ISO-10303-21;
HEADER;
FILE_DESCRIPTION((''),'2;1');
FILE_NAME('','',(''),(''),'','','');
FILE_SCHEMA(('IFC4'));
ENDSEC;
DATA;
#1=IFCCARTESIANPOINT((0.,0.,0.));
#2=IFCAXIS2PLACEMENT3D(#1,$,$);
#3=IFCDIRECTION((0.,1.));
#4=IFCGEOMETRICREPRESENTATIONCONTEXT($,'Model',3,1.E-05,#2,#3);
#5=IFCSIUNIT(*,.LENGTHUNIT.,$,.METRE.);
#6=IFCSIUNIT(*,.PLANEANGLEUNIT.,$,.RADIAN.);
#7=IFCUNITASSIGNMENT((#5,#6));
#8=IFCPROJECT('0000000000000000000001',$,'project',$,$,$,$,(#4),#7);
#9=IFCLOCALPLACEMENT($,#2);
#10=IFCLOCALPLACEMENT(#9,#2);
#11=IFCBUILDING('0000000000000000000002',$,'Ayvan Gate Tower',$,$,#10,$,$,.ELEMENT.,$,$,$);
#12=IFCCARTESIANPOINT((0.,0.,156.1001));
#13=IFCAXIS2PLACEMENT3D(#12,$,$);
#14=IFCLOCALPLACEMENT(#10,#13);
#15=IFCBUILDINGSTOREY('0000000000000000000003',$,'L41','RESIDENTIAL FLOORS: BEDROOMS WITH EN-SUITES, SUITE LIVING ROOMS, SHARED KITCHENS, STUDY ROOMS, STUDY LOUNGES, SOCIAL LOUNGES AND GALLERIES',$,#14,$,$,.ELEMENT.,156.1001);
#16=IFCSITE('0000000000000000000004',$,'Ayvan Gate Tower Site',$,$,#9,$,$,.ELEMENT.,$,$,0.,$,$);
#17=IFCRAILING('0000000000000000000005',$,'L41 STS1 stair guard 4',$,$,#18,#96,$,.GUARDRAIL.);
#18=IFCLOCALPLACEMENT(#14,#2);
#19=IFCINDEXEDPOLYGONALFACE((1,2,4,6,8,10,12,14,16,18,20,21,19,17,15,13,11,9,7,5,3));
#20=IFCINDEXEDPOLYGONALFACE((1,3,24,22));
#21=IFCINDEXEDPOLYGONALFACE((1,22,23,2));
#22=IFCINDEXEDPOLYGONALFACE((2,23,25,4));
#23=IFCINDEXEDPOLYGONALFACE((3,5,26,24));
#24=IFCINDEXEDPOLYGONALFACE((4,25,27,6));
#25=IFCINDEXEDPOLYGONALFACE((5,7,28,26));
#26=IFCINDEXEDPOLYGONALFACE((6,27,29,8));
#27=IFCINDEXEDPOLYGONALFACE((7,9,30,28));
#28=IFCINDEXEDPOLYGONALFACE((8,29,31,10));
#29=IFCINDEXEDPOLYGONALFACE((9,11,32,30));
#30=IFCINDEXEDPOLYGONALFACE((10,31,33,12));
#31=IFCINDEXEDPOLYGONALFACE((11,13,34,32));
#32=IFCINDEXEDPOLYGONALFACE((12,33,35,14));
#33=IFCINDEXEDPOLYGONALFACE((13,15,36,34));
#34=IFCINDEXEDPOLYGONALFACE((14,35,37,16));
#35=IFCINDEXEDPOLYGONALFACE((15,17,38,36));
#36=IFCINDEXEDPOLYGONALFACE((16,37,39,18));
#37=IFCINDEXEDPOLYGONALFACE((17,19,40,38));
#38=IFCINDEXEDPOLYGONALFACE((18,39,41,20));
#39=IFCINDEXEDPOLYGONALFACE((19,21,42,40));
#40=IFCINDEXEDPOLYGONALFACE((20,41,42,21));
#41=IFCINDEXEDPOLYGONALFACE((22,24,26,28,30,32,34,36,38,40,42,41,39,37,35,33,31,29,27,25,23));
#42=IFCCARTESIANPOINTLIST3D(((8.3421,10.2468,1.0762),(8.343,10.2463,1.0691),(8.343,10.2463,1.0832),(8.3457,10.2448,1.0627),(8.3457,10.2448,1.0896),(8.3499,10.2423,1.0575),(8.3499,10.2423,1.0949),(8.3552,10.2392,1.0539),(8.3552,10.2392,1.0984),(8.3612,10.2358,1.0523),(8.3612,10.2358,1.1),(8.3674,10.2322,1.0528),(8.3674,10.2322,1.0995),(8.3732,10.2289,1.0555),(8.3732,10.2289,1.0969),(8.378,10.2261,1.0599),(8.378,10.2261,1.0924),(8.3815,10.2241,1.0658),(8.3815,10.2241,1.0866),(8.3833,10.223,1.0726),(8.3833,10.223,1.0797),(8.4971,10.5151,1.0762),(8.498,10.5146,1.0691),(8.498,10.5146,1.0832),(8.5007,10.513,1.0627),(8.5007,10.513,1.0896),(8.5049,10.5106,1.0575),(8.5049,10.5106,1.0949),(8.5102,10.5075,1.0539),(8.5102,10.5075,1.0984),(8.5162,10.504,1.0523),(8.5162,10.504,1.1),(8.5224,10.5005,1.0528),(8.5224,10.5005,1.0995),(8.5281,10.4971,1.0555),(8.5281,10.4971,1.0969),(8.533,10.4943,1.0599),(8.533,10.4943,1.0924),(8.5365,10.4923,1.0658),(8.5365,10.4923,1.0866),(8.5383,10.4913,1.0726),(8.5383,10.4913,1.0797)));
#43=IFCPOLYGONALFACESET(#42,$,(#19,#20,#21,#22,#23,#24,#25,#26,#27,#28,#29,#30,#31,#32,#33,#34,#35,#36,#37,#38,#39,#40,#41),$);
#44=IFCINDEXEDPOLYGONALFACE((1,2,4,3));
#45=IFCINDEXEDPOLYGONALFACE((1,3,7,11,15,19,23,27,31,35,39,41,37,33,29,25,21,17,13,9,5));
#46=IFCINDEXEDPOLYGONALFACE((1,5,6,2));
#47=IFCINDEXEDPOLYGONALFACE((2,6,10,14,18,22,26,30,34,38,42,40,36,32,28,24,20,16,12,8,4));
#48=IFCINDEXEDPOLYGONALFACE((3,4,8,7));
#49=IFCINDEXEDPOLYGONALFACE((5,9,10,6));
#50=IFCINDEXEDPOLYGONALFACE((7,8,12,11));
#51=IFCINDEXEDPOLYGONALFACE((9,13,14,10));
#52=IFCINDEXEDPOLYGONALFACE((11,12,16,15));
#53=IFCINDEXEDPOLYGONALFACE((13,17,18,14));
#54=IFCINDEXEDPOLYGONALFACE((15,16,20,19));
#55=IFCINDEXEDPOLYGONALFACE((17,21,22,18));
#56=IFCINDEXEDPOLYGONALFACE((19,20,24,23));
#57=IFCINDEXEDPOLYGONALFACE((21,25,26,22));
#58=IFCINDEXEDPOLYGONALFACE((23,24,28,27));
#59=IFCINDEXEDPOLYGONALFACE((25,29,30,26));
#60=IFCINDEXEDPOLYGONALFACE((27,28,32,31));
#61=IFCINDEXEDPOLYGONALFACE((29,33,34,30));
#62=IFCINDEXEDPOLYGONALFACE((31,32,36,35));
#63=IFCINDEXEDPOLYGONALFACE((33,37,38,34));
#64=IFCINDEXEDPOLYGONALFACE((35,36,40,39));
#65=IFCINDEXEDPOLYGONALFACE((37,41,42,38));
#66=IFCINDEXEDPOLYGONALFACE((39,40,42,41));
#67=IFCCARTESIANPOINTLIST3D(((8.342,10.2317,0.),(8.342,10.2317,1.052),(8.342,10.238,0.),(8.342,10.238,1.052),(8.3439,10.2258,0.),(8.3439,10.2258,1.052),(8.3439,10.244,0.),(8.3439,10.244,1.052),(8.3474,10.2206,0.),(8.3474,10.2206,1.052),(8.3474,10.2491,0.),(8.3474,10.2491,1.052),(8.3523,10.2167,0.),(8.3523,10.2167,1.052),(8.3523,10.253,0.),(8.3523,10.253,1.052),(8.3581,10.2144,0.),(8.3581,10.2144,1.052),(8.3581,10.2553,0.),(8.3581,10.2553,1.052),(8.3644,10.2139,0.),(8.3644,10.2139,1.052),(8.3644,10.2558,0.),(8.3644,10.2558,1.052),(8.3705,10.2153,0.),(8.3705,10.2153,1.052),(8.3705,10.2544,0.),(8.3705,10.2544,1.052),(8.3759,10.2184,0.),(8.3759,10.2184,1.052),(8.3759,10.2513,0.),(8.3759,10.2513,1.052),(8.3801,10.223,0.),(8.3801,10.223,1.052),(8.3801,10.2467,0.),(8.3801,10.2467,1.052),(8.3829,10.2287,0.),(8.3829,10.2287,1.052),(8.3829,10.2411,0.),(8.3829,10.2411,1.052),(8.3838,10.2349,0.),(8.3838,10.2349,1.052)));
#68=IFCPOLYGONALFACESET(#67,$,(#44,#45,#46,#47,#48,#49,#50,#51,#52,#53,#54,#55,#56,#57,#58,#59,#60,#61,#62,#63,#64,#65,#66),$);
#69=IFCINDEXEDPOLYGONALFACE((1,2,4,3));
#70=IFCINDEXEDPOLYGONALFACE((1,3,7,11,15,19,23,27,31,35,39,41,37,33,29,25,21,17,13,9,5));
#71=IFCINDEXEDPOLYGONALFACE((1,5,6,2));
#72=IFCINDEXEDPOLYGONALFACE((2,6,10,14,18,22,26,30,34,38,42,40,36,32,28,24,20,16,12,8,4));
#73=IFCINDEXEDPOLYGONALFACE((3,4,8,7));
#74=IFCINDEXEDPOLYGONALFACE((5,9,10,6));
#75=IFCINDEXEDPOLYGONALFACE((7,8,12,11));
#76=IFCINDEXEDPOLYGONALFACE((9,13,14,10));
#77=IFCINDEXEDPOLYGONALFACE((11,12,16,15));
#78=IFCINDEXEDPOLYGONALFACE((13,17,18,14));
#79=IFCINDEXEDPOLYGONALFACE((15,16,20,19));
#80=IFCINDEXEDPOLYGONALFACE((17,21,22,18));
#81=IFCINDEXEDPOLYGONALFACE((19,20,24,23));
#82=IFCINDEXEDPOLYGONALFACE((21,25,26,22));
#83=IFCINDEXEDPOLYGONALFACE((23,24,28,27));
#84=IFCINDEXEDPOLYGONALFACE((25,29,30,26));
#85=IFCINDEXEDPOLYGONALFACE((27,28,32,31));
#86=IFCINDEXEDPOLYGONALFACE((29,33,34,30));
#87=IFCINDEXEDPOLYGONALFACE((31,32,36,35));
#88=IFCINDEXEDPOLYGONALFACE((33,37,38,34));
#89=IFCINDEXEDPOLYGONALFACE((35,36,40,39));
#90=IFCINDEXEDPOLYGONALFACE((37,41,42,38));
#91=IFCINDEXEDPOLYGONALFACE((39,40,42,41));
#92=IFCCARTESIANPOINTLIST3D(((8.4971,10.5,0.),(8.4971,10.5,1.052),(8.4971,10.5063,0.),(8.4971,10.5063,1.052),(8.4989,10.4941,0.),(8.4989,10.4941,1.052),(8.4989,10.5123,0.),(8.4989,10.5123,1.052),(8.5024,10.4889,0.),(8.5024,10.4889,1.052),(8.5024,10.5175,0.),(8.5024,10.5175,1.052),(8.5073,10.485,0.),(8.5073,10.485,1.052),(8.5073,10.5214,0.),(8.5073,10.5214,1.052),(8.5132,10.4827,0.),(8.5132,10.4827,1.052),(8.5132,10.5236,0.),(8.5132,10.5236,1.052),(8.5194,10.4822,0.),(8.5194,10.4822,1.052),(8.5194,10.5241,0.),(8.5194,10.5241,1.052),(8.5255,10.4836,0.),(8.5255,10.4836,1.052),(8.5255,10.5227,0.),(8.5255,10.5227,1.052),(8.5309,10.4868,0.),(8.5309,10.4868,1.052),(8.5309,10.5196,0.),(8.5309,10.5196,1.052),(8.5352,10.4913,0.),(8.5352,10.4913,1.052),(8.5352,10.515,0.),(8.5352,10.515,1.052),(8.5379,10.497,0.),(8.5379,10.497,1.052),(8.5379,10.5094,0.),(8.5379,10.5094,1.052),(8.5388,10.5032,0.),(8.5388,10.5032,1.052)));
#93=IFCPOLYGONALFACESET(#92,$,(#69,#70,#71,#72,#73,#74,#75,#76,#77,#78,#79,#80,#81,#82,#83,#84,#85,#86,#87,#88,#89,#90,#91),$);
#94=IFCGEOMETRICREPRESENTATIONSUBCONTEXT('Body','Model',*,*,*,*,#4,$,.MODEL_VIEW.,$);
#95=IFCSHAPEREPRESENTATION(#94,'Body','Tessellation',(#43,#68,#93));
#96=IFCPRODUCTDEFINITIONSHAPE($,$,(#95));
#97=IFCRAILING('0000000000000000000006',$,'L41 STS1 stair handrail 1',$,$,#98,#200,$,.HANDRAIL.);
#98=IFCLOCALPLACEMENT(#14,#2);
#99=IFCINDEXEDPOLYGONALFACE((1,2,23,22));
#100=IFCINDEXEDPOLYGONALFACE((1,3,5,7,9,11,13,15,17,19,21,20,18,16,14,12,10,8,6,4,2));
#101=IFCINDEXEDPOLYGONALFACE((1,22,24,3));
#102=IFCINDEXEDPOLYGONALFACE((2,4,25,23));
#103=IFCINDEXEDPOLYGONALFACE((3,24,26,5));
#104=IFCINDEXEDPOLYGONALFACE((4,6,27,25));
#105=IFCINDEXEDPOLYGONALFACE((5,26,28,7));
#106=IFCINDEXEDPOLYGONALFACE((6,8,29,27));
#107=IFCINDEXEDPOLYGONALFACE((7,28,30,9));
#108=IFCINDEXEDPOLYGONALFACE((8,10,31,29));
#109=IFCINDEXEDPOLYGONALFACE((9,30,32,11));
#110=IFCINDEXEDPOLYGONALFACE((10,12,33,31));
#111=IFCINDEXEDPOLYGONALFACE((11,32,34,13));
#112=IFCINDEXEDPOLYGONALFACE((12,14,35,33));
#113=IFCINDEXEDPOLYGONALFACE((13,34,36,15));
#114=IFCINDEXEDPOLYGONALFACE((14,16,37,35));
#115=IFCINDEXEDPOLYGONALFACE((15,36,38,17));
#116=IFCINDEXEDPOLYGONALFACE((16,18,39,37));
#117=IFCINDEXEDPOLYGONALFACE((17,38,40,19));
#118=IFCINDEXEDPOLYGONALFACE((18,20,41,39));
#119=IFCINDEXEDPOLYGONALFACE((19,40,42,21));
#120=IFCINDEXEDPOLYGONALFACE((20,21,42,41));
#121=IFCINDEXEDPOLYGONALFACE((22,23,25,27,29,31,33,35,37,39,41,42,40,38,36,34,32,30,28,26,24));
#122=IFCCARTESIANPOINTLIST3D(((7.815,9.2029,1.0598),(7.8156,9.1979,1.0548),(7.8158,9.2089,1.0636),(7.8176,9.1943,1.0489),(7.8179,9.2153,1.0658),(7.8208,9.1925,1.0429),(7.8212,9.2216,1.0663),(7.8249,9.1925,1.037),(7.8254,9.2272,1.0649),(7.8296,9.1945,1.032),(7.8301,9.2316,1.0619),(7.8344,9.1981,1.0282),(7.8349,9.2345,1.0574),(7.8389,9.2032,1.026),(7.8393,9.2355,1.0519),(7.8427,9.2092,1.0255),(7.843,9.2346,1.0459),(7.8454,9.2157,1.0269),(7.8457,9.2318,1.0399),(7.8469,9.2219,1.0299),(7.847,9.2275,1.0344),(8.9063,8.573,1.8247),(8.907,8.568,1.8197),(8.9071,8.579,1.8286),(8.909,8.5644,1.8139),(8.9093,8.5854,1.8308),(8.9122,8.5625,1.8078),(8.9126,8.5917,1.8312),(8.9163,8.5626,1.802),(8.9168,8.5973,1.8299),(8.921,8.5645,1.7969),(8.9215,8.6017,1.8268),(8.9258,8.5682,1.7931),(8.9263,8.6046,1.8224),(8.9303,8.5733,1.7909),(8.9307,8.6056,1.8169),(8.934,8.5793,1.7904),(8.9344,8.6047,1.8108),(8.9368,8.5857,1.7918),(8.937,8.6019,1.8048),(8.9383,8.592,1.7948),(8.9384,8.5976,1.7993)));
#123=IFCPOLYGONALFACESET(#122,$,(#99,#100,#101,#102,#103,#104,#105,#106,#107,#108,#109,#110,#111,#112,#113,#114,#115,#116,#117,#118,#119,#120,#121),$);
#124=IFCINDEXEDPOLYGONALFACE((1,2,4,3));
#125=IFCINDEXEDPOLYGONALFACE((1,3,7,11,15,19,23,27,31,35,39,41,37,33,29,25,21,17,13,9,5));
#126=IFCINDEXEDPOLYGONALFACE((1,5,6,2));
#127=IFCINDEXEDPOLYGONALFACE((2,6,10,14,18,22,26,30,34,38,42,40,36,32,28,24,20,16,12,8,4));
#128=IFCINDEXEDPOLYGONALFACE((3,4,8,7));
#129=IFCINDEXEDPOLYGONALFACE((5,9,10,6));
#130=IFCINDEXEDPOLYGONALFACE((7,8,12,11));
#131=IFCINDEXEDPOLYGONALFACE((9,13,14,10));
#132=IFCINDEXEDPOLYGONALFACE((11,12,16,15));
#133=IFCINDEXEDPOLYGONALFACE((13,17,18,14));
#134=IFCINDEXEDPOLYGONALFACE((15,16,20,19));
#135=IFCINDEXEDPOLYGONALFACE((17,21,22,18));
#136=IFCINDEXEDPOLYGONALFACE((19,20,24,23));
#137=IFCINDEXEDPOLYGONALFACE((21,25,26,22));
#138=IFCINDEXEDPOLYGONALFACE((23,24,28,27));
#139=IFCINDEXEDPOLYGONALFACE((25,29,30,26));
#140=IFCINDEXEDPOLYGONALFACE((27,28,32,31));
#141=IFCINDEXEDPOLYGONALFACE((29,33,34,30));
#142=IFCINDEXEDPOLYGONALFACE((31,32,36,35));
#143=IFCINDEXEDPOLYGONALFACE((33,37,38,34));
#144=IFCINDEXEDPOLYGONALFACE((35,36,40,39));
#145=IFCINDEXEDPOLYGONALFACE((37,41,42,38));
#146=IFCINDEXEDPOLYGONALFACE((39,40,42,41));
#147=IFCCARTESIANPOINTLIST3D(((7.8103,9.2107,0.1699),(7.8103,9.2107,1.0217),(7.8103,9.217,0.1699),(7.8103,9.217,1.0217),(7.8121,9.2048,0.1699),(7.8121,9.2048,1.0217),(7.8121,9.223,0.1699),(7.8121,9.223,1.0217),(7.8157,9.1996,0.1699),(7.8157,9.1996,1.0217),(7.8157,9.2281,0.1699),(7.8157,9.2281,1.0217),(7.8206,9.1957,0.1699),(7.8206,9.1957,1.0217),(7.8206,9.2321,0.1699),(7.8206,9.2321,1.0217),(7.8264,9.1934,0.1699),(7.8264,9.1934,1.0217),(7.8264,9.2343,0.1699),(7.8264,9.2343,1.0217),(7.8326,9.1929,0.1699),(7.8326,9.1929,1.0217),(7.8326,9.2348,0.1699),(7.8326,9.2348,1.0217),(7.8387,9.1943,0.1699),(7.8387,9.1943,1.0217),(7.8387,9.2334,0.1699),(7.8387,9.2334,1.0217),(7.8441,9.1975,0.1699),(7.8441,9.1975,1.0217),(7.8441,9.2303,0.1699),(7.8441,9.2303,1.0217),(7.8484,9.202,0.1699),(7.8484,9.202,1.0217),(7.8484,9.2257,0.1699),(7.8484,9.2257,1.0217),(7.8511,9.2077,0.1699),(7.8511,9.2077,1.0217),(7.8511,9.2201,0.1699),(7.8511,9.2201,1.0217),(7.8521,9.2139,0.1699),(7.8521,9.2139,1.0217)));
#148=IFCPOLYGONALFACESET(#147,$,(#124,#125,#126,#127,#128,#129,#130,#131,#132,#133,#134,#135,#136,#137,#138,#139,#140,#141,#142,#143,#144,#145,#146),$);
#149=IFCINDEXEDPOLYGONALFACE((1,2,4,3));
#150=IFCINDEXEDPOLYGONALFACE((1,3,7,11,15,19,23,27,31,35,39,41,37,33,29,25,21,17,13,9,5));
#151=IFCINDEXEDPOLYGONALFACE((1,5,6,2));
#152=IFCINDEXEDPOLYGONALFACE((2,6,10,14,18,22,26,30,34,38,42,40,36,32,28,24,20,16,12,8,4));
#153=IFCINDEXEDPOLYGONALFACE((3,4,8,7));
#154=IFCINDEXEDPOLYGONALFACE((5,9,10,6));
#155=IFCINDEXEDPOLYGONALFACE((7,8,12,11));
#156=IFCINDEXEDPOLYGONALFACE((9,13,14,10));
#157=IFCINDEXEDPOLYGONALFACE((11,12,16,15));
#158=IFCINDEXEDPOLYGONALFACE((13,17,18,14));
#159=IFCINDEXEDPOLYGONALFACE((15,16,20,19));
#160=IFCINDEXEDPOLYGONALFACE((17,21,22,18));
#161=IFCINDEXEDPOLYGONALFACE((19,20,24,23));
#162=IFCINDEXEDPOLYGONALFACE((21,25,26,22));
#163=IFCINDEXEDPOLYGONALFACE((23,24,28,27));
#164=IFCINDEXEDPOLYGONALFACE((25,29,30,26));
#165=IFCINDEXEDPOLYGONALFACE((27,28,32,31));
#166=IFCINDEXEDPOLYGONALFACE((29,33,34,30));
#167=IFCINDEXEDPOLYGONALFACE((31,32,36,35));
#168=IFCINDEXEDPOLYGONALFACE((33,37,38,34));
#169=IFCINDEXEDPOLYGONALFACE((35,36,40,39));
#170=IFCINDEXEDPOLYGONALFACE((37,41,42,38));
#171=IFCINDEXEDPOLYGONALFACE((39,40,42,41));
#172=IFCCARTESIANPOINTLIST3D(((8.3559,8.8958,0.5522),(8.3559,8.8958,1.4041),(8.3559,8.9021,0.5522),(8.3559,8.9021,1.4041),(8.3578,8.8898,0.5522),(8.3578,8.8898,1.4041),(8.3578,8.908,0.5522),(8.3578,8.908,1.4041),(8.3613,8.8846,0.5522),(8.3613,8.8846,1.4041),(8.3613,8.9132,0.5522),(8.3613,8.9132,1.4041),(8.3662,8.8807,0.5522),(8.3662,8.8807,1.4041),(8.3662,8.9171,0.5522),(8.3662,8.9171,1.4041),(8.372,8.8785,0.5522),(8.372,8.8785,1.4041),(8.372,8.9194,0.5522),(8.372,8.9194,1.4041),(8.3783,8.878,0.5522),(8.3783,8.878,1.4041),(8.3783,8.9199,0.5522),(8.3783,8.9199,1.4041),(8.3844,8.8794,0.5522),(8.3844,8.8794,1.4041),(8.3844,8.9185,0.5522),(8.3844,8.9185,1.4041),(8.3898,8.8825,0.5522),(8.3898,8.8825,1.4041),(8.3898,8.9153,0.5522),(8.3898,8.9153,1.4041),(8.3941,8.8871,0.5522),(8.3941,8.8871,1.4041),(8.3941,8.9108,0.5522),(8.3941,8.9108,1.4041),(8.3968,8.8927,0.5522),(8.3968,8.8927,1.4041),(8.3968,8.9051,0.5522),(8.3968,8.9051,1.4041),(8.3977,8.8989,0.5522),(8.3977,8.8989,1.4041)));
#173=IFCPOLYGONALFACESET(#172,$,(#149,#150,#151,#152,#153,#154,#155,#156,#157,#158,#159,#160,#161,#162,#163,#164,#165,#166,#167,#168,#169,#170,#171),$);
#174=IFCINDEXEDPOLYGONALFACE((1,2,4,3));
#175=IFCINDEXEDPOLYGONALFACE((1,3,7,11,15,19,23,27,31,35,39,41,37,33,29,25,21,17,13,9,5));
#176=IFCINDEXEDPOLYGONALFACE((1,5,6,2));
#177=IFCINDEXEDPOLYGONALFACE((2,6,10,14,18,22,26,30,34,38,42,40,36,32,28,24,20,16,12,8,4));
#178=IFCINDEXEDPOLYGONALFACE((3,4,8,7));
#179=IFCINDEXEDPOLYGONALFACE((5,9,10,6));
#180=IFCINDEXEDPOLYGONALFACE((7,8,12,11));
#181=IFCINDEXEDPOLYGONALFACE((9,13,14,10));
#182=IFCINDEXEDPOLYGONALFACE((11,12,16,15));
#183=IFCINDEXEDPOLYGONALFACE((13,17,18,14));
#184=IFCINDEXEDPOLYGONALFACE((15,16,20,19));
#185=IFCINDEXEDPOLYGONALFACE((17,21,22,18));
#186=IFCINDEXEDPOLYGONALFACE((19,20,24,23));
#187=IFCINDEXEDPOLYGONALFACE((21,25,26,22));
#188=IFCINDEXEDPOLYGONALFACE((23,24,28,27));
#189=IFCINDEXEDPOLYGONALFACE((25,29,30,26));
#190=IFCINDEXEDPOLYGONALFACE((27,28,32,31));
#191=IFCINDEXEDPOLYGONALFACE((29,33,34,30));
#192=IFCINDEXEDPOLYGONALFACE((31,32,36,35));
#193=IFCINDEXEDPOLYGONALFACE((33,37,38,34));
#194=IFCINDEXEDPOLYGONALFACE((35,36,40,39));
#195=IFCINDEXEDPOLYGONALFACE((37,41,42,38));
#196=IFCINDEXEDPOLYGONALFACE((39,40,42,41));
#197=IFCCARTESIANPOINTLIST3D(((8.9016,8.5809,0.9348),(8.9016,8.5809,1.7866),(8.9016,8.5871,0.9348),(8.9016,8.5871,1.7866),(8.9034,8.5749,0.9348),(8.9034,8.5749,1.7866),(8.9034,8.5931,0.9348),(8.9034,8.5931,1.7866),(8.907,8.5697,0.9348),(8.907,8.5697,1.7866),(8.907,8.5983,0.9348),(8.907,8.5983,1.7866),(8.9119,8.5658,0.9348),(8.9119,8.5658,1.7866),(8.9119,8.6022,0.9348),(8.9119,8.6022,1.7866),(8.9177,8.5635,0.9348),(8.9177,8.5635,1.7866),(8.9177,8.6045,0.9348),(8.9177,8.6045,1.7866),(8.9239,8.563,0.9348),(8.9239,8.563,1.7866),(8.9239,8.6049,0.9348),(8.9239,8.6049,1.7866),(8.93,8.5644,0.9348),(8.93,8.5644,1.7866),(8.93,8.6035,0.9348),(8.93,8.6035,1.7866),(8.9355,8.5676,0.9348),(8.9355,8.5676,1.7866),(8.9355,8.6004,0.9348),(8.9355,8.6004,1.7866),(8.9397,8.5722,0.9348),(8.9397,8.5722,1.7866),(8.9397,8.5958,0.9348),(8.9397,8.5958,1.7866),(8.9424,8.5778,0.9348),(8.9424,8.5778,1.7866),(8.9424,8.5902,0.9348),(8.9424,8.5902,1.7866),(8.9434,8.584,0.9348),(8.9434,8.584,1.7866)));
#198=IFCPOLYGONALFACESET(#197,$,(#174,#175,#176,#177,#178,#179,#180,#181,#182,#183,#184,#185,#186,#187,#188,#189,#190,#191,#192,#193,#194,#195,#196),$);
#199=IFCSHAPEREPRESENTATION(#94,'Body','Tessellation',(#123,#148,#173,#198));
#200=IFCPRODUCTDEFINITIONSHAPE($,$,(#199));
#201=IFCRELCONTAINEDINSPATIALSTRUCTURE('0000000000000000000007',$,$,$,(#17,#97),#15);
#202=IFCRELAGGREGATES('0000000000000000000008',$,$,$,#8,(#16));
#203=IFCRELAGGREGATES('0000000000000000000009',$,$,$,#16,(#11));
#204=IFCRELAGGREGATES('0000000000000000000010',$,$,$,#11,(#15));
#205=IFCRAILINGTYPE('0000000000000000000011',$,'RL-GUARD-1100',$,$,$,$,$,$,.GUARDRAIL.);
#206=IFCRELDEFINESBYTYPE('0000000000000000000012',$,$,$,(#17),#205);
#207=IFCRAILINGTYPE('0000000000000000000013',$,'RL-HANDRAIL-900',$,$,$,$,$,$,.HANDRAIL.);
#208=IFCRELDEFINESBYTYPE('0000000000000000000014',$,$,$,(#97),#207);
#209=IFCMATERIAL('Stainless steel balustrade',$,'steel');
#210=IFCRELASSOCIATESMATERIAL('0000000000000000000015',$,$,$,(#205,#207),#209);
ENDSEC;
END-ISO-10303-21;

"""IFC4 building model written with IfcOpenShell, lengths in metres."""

from ifc_helpers import new_model, si_unit, direction, frame, origin, origin_2d, place, context, subcontext, project, spatial, circle, extrude, material, type_object, element, save


model = new_model("IFC4")

# Units and contexts
model_context = context("Model", 3, precision=1e-05, world=origin(), true_north=direction((0.0, 1.0)))
body_context = subcontext(model_context, "Body", "Model", "MODEL_VIEW")
ifc_project = project(units=[si_unit("LENGTHUNIT", "METRE"), si_unit("PLANEANGLEUNIT", "RADIAN")], contexts=[model_context])

# Site, building, storey
site_placement = place(None, origin())
site = spatial("IfcSite", under=ifc_project, at=site_placement, Name="Ayvan Gate Tower Site", CompositionType="ELEMENT", RefElevation=0.0)
building_placement = place(site_placement, origin())
building = spatial("IfcBuilding", under=site, at=building_placement, Name="Ayvan Gate Tower", CompositionType="ELEMENT")
storey_placement = place(building_placement, frame((0.0, 0.0, 156.1001)))
storey = spatial("IfcBuildingStorey", under=building, at=storey_placement, Name="L41", Description="RESIDENTIAL FLOORS: BEDROOMS WITH EN-SUITES, SUITE LIVING ROOMS, SHARED KITCHENS, STUDY ROOMS, STUDY LOUNGES, SOCIAL LOUNGES AND GALLERIES", CompositionType="ELEMENT", Elevation=156.1001)

# Railings
ifc_material_1 = material(Name="Stainless steel balustrade", Category="steel")
railing_type_1 = type_object("IfcRailingType", Name="RL-GUARD-1100", PredefinedType="GUARDRAIL", material=ifc_material_1)
railing_1_placement = place(storey_placement, frame((8.3628, 10.2349, 0.0)))
element("IfcRailing", 1, at=railing_1_placement, inside=storey, type_object=railing_type_1, Name="L41 STS1 stair guard 4", PredefinedType="GUARDRAIL", context=body_context, shape_type="SweptSolid", body=[
    extrude(circle(Radius=0.0239, at=origin_2d()), frame((0.0, 0.0, 1.0762), z_axis=(0.500291, 0.865857, 0.0), x_axis=(-0.865857, 0.500291, 0.0)), (0.0, 0.0, 1.0), 0.3098),
    extrude(circle(Radius=0.021, at=origin_2d()), origin(), (0.0, 0.0, 1.0), 1.052),
    extrude(circle(Radius=0.021, at=origin_2d()), frame((0.155, 0.2683, 0.0)), (0.0, 0.0, 1.0), 1.052),
])
railing_type_2 = type_object("IfcRailingType", Name="RL-HANDRAIL-900", PredefinedType="HANDRAIL", material=ifc_material_1)
railing_2_placement = place(storey_placement, frame((7.8311, 9.2139, 0.1699)))
element("IfcRailing", 2, at=railing_2_placement, inside=storey, type_object=railing_type_2, Name="L41 STS1 stair handrail 1", PredefinedType="HANDRAIL", context=body_context, shape_type="SweptSolid", body=[
    extrude(circle(Radius=0.0239, at=origin_2d()), frame((0.0, 0.0, 0.876), z_axis=(0.740357, -0.42732, 0.518912), x_axis=(0.49989, 0.866089, 0.0)), (0.0, 0.0, 1.0), 1.4741),
    extrude(circle(Radius=0.021, at=origin_2d()), origin(), (0.0, 0.0, 1.0), 0.8518),
    extrude(circle(Radius=0.021, at=origin_2d()), frame((0.5457, -0.3149, 0.3823)), (0.0, 0.0, 1.0), 0.8518),
    extrude(circle(Radius=0.021, at=origin_2d()), frame((1.0913, -0.6299, 0.7649)), (0.0, 0.0, 1.0), 0.8518),
])

save(model, "model.ifc")
